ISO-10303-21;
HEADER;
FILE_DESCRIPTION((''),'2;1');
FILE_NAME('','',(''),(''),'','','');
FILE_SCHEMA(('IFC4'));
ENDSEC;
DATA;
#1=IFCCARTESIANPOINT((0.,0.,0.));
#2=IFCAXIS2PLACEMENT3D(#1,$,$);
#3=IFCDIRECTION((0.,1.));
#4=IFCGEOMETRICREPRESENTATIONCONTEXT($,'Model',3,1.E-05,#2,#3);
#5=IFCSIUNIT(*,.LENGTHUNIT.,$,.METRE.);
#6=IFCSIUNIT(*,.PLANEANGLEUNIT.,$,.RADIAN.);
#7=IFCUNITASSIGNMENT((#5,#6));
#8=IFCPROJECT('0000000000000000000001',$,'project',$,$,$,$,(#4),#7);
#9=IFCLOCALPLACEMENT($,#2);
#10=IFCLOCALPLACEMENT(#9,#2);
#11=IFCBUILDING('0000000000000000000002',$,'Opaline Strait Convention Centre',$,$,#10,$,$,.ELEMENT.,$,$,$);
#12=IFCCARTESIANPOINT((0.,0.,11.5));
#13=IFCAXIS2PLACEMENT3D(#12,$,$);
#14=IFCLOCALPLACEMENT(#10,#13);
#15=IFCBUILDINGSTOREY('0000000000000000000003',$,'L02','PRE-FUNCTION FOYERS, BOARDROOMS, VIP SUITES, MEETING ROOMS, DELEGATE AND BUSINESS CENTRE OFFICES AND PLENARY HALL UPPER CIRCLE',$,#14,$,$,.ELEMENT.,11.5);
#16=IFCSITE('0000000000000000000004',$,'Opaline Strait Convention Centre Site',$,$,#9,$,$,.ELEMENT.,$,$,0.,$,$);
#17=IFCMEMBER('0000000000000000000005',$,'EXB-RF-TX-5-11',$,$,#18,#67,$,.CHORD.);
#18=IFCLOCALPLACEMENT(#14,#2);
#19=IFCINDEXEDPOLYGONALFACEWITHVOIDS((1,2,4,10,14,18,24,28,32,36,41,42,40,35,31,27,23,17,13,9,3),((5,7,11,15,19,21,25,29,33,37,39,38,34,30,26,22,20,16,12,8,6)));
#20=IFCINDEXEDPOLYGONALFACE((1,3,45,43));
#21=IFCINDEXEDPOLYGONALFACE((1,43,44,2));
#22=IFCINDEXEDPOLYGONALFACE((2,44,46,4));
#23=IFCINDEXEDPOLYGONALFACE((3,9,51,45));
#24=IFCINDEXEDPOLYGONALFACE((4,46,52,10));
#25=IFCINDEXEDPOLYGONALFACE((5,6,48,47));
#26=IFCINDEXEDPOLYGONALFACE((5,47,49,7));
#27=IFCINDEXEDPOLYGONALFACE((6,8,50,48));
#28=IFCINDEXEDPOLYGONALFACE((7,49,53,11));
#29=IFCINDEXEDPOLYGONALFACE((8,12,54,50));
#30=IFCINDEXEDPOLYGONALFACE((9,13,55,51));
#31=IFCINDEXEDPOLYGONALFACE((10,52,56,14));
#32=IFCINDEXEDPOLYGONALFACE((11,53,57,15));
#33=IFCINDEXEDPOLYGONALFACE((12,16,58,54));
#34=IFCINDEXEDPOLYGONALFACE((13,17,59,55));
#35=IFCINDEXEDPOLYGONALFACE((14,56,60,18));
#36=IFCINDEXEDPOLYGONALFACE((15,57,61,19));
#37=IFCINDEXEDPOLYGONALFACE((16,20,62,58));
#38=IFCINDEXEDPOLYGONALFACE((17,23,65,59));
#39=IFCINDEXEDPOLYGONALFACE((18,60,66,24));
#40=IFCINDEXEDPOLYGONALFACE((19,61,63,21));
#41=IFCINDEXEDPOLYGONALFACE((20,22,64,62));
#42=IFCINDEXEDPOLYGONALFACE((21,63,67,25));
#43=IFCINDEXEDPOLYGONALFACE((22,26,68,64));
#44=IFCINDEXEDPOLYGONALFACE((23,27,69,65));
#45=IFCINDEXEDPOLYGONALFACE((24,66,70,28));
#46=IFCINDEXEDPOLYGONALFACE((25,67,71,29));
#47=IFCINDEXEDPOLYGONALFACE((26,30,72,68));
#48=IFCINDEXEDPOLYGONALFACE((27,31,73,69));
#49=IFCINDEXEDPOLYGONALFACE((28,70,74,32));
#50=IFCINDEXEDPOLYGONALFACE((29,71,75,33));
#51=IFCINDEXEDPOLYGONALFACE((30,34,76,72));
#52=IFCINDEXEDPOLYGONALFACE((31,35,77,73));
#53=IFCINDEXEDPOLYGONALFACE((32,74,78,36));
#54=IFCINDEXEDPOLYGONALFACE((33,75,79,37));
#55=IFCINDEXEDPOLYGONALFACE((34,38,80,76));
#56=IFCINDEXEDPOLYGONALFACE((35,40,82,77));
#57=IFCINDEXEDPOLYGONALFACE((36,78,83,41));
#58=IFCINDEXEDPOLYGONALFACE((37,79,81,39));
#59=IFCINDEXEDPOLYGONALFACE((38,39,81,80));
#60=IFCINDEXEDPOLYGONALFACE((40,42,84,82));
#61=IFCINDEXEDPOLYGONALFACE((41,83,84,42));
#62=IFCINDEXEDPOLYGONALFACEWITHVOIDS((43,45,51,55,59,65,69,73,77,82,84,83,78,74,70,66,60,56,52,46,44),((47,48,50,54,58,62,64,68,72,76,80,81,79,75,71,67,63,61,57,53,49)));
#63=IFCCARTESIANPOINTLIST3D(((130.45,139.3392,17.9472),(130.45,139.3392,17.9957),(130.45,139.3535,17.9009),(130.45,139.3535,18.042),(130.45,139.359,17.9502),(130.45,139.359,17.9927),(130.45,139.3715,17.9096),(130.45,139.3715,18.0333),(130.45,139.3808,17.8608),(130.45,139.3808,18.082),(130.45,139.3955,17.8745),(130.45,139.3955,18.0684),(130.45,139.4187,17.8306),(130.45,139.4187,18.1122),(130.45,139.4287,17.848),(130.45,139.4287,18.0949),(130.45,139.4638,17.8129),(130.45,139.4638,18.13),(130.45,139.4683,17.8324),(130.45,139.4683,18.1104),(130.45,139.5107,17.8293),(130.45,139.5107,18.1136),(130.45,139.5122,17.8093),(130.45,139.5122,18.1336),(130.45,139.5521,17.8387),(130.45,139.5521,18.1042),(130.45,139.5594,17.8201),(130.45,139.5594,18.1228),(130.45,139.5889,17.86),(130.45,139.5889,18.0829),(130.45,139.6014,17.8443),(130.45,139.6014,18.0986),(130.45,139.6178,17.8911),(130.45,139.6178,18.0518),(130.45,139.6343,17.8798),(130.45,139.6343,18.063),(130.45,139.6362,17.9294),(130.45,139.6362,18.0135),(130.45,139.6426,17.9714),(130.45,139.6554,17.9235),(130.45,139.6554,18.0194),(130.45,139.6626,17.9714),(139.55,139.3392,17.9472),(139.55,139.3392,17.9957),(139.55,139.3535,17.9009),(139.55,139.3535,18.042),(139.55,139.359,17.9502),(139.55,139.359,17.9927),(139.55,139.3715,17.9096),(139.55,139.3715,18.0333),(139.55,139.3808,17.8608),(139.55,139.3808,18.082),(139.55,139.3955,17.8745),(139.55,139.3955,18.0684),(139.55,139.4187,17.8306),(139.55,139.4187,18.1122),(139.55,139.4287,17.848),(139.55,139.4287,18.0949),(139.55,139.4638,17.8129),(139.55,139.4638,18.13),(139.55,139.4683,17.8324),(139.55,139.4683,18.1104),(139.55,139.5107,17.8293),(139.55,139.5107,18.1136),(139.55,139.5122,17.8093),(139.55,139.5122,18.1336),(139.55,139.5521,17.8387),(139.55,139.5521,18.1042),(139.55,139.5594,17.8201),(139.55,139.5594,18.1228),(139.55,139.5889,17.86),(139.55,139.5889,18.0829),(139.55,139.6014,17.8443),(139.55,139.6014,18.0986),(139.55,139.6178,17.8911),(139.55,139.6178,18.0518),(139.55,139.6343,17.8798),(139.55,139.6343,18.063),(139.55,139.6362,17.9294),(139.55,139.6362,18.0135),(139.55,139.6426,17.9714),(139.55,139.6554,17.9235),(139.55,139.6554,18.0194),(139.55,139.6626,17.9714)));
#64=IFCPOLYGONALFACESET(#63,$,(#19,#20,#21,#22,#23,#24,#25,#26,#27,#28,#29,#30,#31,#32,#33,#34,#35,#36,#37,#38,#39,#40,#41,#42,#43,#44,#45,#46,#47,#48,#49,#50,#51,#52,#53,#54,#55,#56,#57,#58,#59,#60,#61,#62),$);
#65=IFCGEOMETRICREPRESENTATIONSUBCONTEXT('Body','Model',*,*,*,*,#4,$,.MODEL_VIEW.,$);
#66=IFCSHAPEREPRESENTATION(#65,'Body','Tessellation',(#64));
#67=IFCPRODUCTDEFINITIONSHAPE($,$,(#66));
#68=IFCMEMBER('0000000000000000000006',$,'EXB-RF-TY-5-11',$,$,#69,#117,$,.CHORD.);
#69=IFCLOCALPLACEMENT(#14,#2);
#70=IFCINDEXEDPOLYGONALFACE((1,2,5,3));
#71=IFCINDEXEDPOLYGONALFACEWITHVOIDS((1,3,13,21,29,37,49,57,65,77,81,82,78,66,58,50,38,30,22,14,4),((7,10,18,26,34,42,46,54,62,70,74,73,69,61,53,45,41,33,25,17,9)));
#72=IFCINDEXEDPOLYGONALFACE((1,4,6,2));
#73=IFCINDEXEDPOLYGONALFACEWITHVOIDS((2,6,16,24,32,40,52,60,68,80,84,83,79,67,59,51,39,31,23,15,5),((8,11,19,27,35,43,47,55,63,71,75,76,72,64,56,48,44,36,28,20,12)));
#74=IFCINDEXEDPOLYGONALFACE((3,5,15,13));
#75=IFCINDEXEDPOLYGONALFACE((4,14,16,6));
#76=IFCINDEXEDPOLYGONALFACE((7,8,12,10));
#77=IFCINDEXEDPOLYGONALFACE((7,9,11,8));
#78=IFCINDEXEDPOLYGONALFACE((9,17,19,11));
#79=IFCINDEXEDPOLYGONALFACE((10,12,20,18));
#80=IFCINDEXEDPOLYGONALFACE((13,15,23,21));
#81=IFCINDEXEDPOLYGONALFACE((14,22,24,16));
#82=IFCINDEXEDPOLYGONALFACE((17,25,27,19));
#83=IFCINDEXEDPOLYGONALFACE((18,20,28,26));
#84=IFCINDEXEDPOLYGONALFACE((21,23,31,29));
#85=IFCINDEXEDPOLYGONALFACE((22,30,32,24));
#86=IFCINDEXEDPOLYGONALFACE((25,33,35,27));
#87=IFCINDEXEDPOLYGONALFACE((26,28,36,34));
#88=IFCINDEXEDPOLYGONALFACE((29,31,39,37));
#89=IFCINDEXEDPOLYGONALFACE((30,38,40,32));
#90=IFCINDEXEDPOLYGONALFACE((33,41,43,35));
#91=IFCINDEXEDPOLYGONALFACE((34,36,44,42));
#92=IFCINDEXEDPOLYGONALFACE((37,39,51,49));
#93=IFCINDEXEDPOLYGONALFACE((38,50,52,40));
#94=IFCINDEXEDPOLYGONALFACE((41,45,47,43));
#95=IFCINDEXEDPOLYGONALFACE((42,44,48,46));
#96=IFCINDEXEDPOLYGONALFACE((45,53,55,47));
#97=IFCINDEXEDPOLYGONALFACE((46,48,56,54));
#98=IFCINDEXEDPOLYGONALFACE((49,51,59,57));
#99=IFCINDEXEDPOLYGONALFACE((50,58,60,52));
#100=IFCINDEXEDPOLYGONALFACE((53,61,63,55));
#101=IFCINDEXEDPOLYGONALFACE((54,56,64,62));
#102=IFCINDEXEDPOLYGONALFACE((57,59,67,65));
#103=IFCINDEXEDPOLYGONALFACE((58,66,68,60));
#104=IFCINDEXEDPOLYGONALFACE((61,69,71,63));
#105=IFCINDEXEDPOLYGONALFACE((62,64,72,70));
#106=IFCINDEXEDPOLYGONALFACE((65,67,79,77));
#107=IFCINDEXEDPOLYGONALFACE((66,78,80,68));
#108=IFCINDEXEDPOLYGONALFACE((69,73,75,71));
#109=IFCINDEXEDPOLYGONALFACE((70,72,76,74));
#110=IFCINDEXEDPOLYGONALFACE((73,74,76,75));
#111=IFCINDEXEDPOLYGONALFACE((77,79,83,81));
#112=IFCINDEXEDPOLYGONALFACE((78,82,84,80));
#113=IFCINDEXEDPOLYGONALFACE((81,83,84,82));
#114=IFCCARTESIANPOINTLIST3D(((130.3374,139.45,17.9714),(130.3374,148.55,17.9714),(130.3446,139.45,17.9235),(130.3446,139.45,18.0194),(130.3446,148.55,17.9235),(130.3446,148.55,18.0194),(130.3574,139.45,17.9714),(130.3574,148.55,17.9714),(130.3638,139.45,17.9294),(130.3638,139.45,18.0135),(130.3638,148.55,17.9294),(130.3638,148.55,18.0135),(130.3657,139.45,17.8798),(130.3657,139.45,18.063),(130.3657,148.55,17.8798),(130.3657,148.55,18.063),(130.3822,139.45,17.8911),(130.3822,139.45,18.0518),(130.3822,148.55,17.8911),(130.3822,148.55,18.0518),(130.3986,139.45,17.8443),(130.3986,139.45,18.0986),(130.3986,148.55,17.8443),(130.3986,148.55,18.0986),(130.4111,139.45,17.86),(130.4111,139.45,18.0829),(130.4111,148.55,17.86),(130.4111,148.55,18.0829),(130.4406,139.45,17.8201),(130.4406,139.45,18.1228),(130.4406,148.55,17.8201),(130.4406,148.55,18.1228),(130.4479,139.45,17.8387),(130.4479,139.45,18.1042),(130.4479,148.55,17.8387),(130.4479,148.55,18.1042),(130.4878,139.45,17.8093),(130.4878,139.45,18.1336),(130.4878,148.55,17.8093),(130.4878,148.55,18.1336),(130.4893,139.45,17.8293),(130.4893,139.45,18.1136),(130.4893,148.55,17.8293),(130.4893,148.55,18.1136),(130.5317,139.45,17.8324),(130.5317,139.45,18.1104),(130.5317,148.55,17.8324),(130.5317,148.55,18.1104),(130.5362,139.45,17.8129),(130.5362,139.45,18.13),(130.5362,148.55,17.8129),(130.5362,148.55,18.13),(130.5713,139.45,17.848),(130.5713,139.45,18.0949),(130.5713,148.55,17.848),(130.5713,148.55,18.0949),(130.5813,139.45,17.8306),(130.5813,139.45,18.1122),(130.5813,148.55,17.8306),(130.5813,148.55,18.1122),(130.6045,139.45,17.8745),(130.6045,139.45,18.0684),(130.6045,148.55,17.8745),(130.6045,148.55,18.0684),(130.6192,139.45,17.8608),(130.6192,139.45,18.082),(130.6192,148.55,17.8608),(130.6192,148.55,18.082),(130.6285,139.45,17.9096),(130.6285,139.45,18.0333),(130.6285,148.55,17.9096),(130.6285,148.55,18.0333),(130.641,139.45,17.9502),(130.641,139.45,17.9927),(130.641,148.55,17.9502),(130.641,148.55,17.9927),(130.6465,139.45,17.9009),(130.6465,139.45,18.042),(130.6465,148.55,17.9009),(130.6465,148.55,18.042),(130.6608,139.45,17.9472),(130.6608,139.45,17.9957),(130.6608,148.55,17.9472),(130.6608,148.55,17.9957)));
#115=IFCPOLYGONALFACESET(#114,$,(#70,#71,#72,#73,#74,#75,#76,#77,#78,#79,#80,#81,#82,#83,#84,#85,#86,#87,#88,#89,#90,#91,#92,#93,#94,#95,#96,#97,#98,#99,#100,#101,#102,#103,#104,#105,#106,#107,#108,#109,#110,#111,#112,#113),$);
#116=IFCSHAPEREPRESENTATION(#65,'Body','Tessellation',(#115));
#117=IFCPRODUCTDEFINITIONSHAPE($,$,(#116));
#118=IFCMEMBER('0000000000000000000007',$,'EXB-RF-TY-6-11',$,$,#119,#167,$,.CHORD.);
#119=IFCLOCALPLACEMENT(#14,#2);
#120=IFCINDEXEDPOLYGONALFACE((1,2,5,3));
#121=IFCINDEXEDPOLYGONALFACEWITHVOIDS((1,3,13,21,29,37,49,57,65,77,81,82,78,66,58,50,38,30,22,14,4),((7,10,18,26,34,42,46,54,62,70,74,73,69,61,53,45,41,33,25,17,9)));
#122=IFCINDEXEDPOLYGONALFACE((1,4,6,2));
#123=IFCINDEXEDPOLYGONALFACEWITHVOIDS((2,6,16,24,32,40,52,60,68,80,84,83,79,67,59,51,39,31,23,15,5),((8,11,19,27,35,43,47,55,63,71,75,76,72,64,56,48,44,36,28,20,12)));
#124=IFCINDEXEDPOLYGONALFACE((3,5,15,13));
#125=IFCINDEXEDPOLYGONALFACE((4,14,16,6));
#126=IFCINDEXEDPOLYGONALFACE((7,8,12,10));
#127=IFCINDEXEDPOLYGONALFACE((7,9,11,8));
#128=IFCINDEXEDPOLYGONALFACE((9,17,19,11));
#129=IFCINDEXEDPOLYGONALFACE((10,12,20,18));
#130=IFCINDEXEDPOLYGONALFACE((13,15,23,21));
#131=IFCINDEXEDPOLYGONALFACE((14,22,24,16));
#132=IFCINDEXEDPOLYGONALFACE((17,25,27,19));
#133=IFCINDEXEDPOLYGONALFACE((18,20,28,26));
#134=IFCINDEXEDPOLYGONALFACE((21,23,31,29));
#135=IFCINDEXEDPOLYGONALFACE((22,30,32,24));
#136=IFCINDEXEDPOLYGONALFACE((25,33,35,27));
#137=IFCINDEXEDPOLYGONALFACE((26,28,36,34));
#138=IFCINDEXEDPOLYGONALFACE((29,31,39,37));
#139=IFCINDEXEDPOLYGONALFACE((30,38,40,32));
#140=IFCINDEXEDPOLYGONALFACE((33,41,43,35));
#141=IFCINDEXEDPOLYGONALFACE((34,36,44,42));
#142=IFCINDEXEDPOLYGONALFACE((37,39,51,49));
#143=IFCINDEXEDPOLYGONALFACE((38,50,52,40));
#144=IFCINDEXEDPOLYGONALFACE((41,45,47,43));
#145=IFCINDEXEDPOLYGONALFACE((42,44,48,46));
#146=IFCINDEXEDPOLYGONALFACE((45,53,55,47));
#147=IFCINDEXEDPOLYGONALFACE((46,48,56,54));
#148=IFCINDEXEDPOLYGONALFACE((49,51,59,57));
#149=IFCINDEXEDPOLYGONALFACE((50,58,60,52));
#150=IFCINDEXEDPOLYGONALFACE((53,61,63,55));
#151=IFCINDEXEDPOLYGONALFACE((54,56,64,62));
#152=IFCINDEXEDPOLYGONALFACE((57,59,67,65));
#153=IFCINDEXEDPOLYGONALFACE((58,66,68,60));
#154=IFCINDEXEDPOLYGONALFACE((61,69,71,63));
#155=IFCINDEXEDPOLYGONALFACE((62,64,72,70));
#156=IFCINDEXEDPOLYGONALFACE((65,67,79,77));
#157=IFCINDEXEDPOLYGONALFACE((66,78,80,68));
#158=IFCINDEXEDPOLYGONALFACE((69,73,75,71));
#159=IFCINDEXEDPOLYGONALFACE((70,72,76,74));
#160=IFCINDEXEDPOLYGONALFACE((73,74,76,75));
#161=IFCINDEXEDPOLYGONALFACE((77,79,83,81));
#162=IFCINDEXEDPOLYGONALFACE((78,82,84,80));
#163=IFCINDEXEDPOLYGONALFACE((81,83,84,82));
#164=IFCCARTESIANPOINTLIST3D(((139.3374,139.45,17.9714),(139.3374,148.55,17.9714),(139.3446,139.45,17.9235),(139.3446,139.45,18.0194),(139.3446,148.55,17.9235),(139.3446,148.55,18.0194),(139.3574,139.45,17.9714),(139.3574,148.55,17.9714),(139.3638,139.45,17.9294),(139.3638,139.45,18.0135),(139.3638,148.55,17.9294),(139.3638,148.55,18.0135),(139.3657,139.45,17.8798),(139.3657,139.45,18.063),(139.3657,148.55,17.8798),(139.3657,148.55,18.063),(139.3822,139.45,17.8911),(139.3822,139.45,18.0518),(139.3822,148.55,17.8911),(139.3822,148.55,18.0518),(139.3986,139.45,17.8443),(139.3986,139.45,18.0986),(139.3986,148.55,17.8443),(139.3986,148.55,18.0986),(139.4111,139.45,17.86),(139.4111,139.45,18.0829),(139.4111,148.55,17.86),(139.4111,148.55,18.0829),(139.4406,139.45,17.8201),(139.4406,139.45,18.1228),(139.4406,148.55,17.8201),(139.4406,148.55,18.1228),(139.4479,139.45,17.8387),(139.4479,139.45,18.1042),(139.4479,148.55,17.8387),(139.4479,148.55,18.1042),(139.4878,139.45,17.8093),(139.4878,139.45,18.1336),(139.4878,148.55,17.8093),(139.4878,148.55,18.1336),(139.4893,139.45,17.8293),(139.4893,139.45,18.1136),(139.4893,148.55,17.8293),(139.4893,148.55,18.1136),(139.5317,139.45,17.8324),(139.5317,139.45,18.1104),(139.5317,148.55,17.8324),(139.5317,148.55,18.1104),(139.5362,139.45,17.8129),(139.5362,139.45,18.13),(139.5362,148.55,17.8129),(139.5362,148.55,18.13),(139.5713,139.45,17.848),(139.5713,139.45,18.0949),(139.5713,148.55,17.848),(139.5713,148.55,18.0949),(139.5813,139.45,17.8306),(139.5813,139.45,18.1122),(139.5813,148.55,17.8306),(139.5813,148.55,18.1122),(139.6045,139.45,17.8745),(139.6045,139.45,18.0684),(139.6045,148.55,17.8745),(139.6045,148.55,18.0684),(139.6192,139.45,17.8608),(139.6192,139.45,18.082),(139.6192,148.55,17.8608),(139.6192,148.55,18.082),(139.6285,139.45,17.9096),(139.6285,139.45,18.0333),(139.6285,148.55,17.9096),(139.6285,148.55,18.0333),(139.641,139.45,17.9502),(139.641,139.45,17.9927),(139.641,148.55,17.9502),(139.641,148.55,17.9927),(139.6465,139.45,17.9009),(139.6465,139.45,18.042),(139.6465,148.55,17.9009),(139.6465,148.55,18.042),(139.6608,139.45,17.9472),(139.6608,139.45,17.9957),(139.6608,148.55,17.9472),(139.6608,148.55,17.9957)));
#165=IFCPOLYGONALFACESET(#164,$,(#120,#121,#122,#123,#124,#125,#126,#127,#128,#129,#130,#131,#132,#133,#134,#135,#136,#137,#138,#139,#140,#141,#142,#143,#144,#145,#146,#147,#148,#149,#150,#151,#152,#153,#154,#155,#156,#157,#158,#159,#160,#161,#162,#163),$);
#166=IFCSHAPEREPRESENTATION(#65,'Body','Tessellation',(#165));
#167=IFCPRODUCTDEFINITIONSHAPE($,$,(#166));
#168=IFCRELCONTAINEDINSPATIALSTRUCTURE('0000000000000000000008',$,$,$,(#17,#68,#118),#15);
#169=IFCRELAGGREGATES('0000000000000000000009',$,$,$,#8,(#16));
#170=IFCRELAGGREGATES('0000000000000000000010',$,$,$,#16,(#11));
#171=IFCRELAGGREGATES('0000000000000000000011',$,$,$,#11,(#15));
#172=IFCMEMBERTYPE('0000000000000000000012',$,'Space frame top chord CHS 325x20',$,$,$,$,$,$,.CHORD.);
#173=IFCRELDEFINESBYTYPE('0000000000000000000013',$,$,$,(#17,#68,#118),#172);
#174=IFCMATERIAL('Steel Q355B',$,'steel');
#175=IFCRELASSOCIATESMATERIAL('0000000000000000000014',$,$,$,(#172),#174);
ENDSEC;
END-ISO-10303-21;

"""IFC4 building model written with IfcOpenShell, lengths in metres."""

from ifc_helpers import new_model, si_unit, direction, frame, origin, origin_2d, place, context, subcontext, project, spatial, hollow_circle, extrude, material, material_profile, profile_set, type_object, element, save


model = new_model("IFC4")

# Units and contexts
model_context = context("Model", 3, precision=1e-05, world=origin(), true_north=direction((0.0, 1.0)))
body_context = subcontext(model_context, "Body", "Model", "MODEL_VIEW")
ifc_project = project(units=[si_unit("LENGTHUNIT", "METRE"), si_unit("PLANEANGLEUNIT", "RADIAN")], contexts=[model_context])

# Site, building, storey
site_placement = place(None, origin())
site = spatial("IfcSite", under=ifc_project, at=site_placement, Name="Opaline Strait Convention Centre Site", CompositionType="ELEMENT", RefElevation=0.0)
building_placement = place(site_placement, origin())
building = spatial("IfcBuilding", under=site, at=building_placement, Name="Opaline Strait Convention Centre", CompositionType="ELEMENT")
storey_placement = place(building_placement, frame((0.0, 0.0, 11.5)))
storey = spatial("IfcBuildingStorey", under=building, at=storey_placement, Name="L02", Description="PRE-FUNCTION FOYERS, BOARDROOMS, VIP SUITES, MEETING ROOMS, DELEGATE AND BUSINESS CENTRE OFFICES AND PLENARY HALL UPPER CIRCLE", CompositionType="ELEMENT", Elevation=11.5)

# Members
ifc_material = material(Name="Steel Q355B", Category="steel")
ifc_material_profile_1 = material_profile(ifc_material, hollow_circle(Radius=0.1626, WallThickness=0.02, at=origin_2d()), Name="CHS 325x20")
ifc_profile_set_1 = profile_set([ifc_material_profile_1], Name="Steel Q355B")
member_type_1 = type_object("IfcMemberType", Name="Space frame top chord CHS 325x20", PredefinedType="CHORD", material=ifc_profile_set_1)
for number, where, z_axis, x_axis, name in (
    (1, (130.45, 139.5, 17.9714), (1.0, 0.0, 0.0), (0.0, 1.0, 0.0), "EXB-RF-TX-5-11"),
    (2, (130.5, 139.45, 17.9714), (0.0, 1.0, 0.0), (-1.0, 0.0, 0.0), "EXB-RF-TY-5-11"),
    (3, (139.5, 139.45, 17.9714), (0.0, 1.0, 0.0), (-1.0, 0.0, 0.0), "EXB-RF-TY-6-11"),
):
    element("IfcMember", number, at=place(storey_placement, frame(where, z_axis=z_axis, x_axis=x_axis)), inside=storey, type_object=member_type_1, Name=name, PredefinedType="CHORD", context=body_context, shape_type="SweptSolid", body=[
        extrude(hollow_circle(Radius=0.1626, WallThickness=0.02, at=origin_2d()), origin(), (0.0, 0.0, 1.0), 9.1001),
    ])

save(model, "model.ifc")
